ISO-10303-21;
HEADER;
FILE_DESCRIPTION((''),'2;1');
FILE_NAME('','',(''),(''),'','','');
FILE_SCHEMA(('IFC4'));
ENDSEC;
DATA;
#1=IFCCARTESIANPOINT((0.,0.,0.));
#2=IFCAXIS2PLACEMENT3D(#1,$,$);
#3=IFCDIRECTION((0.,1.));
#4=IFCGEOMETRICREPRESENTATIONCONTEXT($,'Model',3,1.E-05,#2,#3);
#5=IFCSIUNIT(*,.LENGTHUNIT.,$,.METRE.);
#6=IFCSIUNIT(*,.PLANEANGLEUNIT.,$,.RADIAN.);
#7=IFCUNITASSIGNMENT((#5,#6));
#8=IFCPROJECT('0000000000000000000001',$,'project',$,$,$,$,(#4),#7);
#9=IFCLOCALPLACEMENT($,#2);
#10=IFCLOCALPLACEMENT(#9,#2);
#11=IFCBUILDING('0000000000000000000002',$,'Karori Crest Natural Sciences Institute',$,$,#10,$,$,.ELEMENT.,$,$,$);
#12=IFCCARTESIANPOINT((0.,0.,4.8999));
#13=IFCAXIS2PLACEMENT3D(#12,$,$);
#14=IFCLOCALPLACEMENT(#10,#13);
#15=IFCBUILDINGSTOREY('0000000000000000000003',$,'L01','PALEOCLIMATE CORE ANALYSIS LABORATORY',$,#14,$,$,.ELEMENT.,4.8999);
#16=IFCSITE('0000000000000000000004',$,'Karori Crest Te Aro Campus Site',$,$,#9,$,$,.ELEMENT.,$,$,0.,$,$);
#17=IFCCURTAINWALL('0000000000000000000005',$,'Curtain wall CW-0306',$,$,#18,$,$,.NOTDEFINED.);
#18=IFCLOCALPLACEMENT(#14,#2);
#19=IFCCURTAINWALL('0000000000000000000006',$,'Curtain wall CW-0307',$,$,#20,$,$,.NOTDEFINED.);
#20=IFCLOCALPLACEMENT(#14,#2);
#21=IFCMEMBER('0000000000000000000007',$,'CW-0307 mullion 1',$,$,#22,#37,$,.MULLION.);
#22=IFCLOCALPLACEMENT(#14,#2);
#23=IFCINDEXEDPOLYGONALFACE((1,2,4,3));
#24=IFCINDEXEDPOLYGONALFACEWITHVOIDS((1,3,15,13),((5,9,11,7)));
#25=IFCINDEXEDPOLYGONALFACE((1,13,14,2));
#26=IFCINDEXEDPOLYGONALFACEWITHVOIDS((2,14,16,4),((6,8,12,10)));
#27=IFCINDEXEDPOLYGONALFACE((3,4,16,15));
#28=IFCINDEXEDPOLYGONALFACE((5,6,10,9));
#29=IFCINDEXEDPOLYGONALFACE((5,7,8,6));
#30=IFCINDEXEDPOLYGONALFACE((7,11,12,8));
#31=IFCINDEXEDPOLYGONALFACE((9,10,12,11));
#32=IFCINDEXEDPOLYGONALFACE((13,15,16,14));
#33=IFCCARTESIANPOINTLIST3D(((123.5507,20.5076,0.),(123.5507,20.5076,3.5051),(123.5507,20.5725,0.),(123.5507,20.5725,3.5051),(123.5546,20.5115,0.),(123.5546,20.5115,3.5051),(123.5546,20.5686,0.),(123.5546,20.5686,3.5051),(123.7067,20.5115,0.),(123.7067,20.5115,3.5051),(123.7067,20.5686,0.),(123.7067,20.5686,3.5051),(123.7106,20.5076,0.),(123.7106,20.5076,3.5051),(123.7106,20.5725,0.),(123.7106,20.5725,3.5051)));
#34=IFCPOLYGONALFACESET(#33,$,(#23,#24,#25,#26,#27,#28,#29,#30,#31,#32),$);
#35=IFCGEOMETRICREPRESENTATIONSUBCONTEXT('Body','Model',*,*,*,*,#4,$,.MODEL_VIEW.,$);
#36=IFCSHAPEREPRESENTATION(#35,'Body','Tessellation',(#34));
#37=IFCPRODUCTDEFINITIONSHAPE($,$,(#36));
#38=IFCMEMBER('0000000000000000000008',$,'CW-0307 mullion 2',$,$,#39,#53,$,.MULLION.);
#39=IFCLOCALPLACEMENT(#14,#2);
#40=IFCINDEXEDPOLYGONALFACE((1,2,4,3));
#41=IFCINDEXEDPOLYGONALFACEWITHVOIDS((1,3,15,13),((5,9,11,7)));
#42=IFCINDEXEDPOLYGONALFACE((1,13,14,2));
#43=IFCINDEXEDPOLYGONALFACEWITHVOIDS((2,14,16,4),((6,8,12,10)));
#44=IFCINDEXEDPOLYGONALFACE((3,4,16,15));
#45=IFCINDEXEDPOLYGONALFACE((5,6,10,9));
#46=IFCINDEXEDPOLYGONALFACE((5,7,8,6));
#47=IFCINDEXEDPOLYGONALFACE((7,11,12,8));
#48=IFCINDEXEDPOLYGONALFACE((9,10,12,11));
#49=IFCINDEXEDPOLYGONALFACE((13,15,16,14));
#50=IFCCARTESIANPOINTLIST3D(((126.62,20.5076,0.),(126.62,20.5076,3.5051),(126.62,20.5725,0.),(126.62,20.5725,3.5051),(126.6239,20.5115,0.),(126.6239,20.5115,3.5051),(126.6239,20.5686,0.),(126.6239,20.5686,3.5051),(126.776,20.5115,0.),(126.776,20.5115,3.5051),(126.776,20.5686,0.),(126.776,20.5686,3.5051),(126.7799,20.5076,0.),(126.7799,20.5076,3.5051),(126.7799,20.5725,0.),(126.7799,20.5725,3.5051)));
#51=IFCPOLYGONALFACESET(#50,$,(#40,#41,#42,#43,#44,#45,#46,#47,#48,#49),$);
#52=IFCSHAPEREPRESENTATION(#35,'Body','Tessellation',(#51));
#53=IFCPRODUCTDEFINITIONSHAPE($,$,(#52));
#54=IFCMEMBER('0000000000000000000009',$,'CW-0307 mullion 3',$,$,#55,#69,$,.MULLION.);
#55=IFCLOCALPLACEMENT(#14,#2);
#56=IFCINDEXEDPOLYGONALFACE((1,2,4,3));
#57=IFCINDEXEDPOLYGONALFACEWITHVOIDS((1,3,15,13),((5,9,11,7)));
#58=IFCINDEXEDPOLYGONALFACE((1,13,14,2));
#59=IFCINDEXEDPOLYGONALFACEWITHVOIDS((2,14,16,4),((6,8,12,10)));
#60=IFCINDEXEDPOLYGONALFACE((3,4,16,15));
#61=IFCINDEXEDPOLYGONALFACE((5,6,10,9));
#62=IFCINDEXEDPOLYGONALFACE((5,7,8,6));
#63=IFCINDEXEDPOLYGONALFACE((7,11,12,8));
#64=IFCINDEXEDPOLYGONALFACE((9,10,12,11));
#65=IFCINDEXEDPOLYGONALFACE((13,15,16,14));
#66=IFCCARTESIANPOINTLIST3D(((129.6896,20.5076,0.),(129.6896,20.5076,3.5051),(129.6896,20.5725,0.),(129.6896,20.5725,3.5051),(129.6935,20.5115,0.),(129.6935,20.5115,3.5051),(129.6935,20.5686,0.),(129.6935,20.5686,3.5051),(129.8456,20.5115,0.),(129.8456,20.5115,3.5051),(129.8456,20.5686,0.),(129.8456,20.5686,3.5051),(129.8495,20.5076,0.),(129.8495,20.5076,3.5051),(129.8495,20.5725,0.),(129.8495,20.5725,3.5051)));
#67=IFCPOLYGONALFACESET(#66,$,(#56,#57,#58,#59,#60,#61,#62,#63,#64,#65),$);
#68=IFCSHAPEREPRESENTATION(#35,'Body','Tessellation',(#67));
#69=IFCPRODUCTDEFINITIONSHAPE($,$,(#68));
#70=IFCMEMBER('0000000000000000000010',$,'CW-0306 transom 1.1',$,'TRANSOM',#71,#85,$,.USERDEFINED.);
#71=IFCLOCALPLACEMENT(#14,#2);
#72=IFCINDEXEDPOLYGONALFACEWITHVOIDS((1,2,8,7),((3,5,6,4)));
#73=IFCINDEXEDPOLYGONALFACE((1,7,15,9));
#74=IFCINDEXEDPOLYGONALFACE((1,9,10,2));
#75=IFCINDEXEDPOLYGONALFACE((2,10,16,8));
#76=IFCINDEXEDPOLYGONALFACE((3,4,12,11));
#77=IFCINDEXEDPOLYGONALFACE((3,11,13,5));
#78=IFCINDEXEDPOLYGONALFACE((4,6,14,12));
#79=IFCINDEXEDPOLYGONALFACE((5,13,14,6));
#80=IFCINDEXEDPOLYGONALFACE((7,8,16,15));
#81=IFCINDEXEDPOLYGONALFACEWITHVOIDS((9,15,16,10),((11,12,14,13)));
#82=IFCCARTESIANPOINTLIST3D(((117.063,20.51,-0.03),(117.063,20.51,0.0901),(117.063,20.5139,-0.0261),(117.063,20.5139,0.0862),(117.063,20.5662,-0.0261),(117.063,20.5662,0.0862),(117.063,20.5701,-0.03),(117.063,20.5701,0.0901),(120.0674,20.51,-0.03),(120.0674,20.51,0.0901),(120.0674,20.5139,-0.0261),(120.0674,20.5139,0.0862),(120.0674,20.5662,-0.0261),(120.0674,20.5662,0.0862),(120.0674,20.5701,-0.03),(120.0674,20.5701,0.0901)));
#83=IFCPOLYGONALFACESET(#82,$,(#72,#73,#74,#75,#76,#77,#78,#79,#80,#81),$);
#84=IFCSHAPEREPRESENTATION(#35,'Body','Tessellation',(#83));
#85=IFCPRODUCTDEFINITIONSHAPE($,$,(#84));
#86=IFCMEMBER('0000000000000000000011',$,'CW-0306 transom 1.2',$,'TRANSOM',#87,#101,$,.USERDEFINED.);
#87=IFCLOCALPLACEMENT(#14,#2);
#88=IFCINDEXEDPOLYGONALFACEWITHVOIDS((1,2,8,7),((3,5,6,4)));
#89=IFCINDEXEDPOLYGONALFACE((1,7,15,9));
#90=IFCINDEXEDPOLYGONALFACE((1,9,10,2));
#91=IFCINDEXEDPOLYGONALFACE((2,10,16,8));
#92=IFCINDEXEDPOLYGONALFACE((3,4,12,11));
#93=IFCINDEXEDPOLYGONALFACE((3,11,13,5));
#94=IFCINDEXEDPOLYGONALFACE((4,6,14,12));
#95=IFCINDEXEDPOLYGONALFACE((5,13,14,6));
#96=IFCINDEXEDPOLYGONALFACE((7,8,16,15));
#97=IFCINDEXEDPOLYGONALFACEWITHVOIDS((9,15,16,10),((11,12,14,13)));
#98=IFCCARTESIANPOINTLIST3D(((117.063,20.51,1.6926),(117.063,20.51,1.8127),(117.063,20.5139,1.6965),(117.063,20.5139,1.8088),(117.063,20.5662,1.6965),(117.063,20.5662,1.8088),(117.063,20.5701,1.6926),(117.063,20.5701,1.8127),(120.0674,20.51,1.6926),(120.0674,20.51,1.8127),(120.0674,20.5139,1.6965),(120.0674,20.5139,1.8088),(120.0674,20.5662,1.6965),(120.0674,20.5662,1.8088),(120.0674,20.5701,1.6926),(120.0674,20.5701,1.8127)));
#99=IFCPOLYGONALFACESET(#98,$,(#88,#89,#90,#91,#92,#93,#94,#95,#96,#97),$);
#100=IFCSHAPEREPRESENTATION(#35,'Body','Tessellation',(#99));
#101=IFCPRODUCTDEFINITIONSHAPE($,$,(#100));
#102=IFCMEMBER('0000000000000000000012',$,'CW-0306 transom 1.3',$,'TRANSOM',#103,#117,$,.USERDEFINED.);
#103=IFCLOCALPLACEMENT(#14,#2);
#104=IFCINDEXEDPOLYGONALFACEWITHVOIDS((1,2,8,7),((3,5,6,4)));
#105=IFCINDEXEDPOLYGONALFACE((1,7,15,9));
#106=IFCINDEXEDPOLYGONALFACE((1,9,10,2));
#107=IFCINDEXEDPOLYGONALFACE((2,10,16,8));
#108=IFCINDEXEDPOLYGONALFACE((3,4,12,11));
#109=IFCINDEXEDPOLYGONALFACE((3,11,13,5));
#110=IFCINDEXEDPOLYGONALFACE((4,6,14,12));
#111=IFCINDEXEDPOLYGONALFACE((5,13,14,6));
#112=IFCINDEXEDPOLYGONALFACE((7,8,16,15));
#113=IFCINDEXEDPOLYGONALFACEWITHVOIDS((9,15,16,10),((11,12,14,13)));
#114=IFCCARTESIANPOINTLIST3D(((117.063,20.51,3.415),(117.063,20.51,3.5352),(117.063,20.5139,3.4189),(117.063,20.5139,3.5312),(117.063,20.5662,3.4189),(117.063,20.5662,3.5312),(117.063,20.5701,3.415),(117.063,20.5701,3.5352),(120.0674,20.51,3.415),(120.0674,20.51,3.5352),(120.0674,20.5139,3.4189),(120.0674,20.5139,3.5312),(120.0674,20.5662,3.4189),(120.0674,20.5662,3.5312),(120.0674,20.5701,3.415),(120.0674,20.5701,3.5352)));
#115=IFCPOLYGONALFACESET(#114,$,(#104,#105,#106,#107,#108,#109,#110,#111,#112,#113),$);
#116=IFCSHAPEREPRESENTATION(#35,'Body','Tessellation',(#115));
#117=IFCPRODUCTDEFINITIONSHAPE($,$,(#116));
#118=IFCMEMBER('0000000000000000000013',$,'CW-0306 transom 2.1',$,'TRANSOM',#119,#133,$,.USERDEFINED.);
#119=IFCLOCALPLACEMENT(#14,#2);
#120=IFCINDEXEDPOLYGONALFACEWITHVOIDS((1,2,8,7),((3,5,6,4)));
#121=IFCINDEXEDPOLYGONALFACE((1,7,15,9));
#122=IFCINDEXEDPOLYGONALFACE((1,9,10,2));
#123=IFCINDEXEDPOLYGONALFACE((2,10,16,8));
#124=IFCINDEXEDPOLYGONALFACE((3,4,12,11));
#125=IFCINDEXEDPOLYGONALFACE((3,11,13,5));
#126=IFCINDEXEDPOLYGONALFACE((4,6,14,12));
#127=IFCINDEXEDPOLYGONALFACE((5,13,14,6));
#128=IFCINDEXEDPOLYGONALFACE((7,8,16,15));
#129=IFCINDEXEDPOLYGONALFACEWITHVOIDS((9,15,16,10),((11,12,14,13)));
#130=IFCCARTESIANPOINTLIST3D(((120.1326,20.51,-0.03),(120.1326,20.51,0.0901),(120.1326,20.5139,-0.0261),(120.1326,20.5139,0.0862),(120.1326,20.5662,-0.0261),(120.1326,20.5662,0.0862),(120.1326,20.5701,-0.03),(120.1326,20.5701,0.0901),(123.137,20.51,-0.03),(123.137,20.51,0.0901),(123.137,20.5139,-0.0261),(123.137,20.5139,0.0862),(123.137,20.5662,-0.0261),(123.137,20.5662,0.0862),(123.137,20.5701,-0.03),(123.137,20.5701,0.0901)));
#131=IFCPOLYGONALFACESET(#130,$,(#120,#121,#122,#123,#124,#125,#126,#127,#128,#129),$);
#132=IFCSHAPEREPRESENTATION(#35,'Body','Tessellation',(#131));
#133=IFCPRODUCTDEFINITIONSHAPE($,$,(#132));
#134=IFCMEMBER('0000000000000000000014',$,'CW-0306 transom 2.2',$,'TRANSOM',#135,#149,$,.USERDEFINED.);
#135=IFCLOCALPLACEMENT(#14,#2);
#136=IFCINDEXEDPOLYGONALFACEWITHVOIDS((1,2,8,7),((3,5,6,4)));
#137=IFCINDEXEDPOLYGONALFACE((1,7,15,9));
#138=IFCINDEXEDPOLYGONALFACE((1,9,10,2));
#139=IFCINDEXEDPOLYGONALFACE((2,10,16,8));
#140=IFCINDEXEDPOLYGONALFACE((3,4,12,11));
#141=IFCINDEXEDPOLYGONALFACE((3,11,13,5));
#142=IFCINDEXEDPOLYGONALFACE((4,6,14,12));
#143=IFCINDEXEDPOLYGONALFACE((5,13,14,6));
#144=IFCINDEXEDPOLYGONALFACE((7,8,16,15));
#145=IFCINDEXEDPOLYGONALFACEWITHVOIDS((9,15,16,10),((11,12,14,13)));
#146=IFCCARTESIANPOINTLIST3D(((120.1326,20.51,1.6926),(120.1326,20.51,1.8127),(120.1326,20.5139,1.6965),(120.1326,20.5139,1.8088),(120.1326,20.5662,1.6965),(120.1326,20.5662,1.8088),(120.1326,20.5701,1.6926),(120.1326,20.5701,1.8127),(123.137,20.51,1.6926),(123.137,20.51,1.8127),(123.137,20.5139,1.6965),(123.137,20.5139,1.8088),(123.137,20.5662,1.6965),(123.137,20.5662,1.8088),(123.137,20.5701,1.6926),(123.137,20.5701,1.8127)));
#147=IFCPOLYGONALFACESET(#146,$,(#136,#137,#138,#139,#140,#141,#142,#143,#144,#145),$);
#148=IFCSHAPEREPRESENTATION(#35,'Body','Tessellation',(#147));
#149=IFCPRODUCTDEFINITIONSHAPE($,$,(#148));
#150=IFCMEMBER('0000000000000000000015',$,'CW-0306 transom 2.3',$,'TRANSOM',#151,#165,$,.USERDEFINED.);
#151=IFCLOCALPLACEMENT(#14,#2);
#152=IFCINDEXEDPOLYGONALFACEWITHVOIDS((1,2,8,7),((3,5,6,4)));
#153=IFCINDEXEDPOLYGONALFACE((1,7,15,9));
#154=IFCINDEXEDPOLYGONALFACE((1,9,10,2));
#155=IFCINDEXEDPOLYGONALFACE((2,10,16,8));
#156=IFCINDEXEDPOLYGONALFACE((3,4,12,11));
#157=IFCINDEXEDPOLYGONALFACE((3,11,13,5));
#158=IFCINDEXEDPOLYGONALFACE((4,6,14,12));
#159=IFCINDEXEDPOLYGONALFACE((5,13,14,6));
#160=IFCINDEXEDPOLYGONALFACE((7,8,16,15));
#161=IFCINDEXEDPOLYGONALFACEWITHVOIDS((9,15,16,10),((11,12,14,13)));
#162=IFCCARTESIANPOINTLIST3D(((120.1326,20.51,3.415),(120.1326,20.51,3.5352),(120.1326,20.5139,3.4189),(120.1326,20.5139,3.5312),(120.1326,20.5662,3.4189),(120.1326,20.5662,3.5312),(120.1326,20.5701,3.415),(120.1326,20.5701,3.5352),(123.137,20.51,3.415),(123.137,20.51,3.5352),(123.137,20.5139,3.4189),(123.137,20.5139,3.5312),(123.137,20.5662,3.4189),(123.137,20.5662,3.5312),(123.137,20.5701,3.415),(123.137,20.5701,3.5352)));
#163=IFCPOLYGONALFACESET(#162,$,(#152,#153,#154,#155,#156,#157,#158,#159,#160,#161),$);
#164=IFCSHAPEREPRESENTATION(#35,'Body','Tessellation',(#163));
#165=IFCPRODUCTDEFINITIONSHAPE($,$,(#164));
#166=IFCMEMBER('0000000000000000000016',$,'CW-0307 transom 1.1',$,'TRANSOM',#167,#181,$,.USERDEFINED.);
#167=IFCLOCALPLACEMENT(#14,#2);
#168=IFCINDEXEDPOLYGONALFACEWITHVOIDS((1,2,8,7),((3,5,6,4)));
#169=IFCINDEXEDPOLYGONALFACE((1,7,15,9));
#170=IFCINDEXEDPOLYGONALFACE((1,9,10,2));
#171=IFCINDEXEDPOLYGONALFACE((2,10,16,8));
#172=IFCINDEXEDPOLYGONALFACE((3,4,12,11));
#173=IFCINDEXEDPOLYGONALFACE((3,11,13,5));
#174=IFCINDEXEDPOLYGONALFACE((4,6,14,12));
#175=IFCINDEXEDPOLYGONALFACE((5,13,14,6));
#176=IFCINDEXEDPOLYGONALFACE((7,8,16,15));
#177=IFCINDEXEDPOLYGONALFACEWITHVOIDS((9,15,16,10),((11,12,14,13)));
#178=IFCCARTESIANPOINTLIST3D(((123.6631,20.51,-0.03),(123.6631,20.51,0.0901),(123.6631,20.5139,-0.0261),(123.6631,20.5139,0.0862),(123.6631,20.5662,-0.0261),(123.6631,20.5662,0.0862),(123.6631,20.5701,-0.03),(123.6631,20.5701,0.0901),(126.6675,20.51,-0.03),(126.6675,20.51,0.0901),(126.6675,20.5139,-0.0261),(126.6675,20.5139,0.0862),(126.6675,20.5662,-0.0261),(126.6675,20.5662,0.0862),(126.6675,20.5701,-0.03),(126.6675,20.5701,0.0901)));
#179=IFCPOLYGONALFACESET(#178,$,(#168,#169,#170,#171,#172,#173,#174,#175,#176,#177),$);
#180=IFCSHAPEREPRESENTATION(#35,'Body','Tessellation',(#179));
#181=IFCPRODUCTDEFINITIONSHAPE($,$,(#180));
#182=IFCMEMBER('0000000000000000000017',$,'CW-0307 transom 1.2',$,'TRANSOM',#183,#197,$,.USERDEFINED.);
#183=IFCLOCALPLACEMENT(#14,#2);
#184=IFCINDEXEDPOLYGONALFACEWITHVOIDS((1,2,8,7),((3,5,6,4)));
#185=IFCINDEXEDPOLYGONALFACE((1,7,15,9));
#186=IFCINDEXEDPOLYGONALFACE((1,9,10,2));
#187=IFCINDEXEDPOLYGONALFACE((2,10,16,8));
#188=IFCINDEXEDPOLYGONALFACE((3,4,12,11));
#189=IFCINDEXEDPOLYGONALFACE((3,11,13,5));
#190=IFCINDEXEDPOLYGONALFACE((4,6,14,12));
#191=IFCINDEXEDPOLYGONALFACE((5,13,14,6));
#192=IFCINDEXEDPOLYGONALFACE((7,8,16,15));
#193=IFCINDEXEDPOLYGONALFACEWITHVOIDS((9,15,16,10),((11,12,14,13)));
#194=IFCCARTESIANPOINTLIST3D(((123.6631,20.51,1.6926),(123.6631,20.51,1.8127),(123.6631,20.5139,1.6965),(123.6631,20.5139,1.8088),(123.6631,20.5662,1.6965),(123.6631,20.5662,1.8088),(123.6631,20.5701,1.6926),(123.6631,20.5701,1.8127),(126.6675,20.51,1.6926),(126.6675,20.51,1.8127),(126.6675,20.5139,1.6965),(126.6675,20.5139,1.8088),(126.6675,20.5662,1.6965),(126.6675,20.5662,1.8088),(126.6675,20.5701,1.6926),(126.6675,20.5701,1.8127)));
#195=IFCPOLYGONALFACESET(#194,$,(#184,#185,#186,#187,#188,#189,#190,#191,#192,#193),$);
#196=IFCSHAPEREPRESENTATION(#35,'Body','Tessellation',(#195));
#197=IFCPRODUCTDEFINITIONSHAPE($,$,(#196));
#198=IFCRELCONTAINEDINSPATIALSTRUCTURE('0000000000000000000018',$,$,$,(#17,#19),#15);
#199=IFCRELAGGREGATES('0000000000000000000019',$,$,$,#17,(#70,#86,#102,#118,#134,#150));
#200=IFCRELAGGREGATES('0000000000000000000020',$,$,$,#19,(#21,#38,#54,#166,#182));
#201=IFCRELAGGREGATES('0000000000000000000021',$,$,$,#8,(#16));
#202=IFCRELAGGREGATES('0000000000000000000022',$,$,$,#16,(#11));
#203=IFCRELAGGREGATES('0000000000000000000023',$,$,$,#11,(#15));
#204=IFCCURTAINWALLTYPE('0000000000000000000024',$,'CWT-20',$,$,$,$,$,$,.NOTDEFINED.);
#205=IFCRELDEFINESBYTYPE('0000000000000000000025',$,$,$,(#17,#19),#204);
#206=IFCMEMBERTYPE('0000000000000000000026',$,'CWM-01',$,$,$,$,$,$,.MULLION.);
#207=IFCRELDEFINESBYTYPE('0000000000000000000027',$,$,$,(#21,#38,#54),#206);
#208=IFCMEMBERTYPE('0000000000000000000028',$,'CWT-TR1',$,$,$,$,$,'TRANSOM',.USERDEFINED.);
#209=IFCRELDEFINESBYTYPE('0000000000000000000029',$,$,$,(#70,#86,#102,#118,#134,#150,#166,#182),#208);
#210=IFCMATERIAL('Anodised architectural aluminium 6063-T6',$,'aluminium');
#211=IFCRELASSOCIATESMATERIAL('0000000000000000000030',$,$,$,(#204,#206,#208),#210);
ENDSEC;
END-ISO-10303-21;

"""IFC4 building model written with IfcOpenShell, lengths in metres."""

from ifc_helpers import new_model, si_unit, direction, frame, origin, origin_2d, place, context, subcontext, project, spatial, hollow_rectangle, extrude, material, material_profile, profile_set, type_object, element, aggregate, save


model = new_model("IFC4")

# Units and contexts
model_context = context("Model", 3, precision=1e-05, world=origin(), true_north=direction((0.0, 1.0)))
body_context = subcontext(model_context, "Body", "Model", "MODEL_VIEW")
ifc_project = project(units=[si_unit("LENGTHUNIT", "METRE"), si_unit("PLANEANGLEUNIT", "RADIAN")], contexts=[model_context])

# Site, building, storey
site_placement = place(None, origin())
site = spatial("IfcSite", under=ifc_project, at=site_placement, Name="Karori Crest Te Aro Campus Site", CompositionType="ELEMENT", RefElevation=0.0)
building_placement = place(site_placement, origin())
building = spatial("IfcBuilding", under=site, at=building_placement, Name="Karori Crest Natural Sciences Institute", CompositionType="ELEMENT")
storey_placement = place(building_placement, frame((0.0, 0.0, 4.8999)))
storey = spatial("IfcBuildingStorey", under=building, at=storey_placement, Name="L01", Description="PALEOCLIMATE CORE ANALYSIS LABORATORY", CompositionType="ELEMENT", Elevation=4.8999)

# Curtain walls, members
ifc_material_1 = material(Name="Anodised architectural aluminium 6063-T6", Category="aluminium")
curtain_wall_type = type_object("IfcCurtainWallType", Name="CWT-20", PredefinedType="NOTDEFINED", material=ifc_material_1)
curtain_wall_1_placement = place(storey_placement, origin())
curtain_wall_1 = element("IfcCurtainWall", 1, at=curtain_wall_1_placement, inside=storey, type_object=curtain_wall_type, Name="Curtain wall CW-0306", PredefinedType="NOTDEFINED")
ifc_material_profile_1 = material_profile(ifc_material_1, hollow_rectangle(XDim=0.0649, YDim=0.1599, WallThickness=0.0039, at=origin_2d()), Name="CWM160x65x4")
ifc_profile_set_1 = profile_set([ifc_material_profile_1], Name="Anodised architectural aluminium 6063-T6")
member_type_1 = type_object("IfcMemberType", Name="CWM-01", PredefinedType="MULLION", material=ifc_profile_set_1)
curtain_wall_2_placement = place(storey_placement, origin())
curtain_wall_2 = element("IfcCurtainWall", 2, at=curtain_wall_2_placement, inside=storey, type_object=curtain_wall_type, Name="Curtain wall CW-0307", PredefinedType="NOTDEFINED")
member_1_placement = place(storey_placement, frame((123.6306, 20.54, 0.0), z_axis=(0.0, 0.0, 1.0), x_axis=(0.0, 1.0, 0.0)))
member_1 = element("IfcMember", 3, at=member_1_placement, type_object=member_type_1, Name="CW-0307 mullion 1", PredefinedType="MULLION", context=body_context, shape_type="SweptSolid", body=[
    extrude(hollow_rectangle(XDim=0.0649, YDim=0.1599, WallThickness=0.0039, at=origin_2d()), origin(), (0.0, 0.0, 1.0), 3.5051),
])
member_2_placement = place(storey_placement, frame((126.7, 20.54, 0.0), z_axis=(0.0, 0.0, 1.0), x_axis=(0.0, 1.0, 0.0)))
member_2 = element("IfcMember", 4, at=member_2_placement, type_object=member_type_1, Name="CW-0307 mullion 2", PredefinedType="MULLION", context=body_context, shape_type="SweptSolid", body=[
    extrude(hollow_rectangle(XDim=0.0649, YDim=0.1599, WallThickness=0.0039, at=origin_2d()), origin(), (0.0, 0.0, 1.0), 3.5051),
])
member_3_placement = place(storey_placement, frame((129.7695, 20.54, 0.0), z_axis=(0.0, 0.0, 1.0), x_axis=(0.0, 1.0, 0.0)))
member_3 = element("IfcMember", 5, at=member_3_placement, type_object=member_type_1, Name="CW-0307 mullion 3", PredefinedType="MULLION", context=body_context, shape_type="SweptSolid", body=[
    extrude(hollow_rectangle(XDim=0.0649, YDim=0.1599, WallThickness=0.0039, at=origin_2d()), origin(), (0.0, 0.0, 1.0), 3.5051),
])

# Members
ifc_material_profile_2 = material_profile(ifc_material_1, hollow_rectangle(XDim=0.0601, YDim=0.1201, WallThickness=0.0039, at=origin_2d()), Name="CWT120x60x4")
ifc_profile_set_2 = profile_set([ifc_material_profile_2], Name="Anodised architectural aluminium 6063-T6")
member_type_2 = type_object("IfcMemberType", Name="CWT-TR1", ElementType="TRANSOM", PredefinedType="USERDEFINED", material=ifc_profile_set_2)
member_4_placement = place(storey_placement, frame((117.063, 20.54, 0.03), z_axis=(1.0, 0.0, 0.0), x_axis=(0.0, 1.0, 0.0)))
member_4 = element("IfcMember", 6, at=member_4_placement, type_object=member_type_2, Name="CW-0306 transom 1.1", ObjectType="TRANSOM", PredefinedType="USERDEFINED", context=body_context, shape_type="SweptSolid", body=[
    extrude(hollow_rectangle(XDim=0.0601, YDim=0.1201, WallThickness=0.0039, at=origin_2d()), origin(), (0.0, 0.0, 1.0), 3.0044),
])
member_5_placement = place(storey_placement, frame((117.063, 20.54, 1.7527), z_axis=(1.0, 0.0, 0.0), x_axis=(0.0, 1.0, 0.0)))
member_5 = element("IfcMember", 7, at=member_5_placement, type_object=member_type_2, Name="CW-0306 transom 1.2", ObjectType="TRANSOM", PredefinedType="USERDEFINED", context=body_context, shape_type="SweptSolid", body=[
    extrude(hollow_rectangle(XDim=0.0601, YDim=0.1201, WallThickness=0.0039, at=origin_2d()), origin(), (0.0, 0.0, 1.0), 3.0044),
])
member_6_placement = place(storey_placement, frame((117.063, 20.54, 3.4751), z_axis=(1.0, 0.0, 0.0), x_axis=(0.0, 1.0, 0.0)))
member_6 = element("IfcMember", 8, at=member_6_placement, type_object=member_type_2, Name="CW-0306 transom 1.3", ObjectType="TRANSOM", PredefinedType="USERDEFINED", context=body_context, shape_type="SweptSolid", body=[
    extrude(hollow_rectangle(XDim=0.0601, YDim=0.1201, WallThickness=0.0039, at=origin_2d()), origin(), (0.0, 0.0, 1.0), 3.0044),
])
member_7_placement = place(storey_placement, frame((120.1326, 20.54, 0.03), z_axis=(1.0, 0.0, 0.0), x_axis=(0.0, 1.0, 0.0)))
member_7 = element("IfcMember", 9, at=member_7_placement, type_object=member_type_2, Name="CW-0306 transom 2.1", ObjectType="TRANSOM", PredefinedType="USERDEFINED", context=body_context, shape_type="SweptSolid", body=[
    extrude(hollow_rectangle(XDim=0.0601, YDim=0.1201, WallThickness=0.0039, at=origin_2d()), origin(), (0.0, 0.0, 1.0), 3.0044),
])
member_8_placement = place(storey_placement, frame((120.1326, 20.54, 1.7527), z_axis=(1.0, 0.0, 0.0), x_axis=(0.0, 1.0, 0.0)))
member_8 = element("IfcMember", 10, at=member_8_placement, type_object=member_type_2, Name="CW-0306 transom 2.2", ObjectType="TRANSOM", PredefinedType="USERDEFINED", context=body_context, shape_type="SweptSolid", body=[
    extrude(hollow_rectangle(XDim=0.0601, YDim=0.1201, WallThickness=0.0039, at=origin_2d()), origin(), (0.0, 0.0, 1.0), 3.0044),
])
member_9_placement = place(storey_placement, frame((120.1326, 20.54, 3.4751), z_axis=(1.0, 0.0, 0.0), x_axis=(0.0, 1.0, 0.0)))
member_9 = element("IfcMember", 11, at=member_9_placement, type_object=member_type_2, Name="CW-0306 transom 2.3", ObjectType="TRANSOM", PredefinedType="USERDEFINED", context=body_context, shape_type="SweptSolid", body=[
    extrude(hollow_rectangle(XDim=0.0601, YDim=0.1201, WallThickness=0.0039, at=origin_2d()), origin(), (0.0, 0.0, 1.0), 3.0044),
])
member_10_placement = place(storey_placement, frame((123.6631, 20.54, 0.03), z_axis=(1.0, 0.0, 0.0), x_axis=(0.0, 1.0, 0.0)))
member_10 = element("IfcMember", 12, at=member_10_placement, type_object=member_type_2, Name="CW-0307 transom 1.1", ObjectType="TRANSOM", PredefinedType="USERDEFINED", context=body_context, shape_type="SweptSolid", body=[
    extrude(hollow_rectangle(XDim=0.0601, YDim=0.1201, WallThickness=0.0039, at=origin_2d()), origin(), (0.0, 0.0, 1.0), 3.0044),
])
member_11_placement = place(storey_placement, frame((123.6631, 20.54, 1.7527), z_axis=(1.0, 0.0, 0.0), x_axis=(0.0, 1.0, 0.0)))
member_11 = element("IfcMember", 13, at=member_11_placement, type_object=member_type_2, Name="CW-0307 transom 1.2", ObjectType="TRANSOM", PredefinedType="USERDEFINED", context=body_context, shape_type="SweptSolid", body=[
    extrude(hollow_rectangle(XDim=0.0601, YDim=0.1201, WallThickness=0.0039, at=origin_2d()), origin(), (0.0, 0.0, 1.0), 3.0044),
])

aggregate(curtain_wall_1, [member_4, member_5, member_6, member_7, member_8, member_9])
aggregate(curtain_wall_2, [member_1, member_2, member_3, member_10, member_11])

save(model, "model.ifc")
